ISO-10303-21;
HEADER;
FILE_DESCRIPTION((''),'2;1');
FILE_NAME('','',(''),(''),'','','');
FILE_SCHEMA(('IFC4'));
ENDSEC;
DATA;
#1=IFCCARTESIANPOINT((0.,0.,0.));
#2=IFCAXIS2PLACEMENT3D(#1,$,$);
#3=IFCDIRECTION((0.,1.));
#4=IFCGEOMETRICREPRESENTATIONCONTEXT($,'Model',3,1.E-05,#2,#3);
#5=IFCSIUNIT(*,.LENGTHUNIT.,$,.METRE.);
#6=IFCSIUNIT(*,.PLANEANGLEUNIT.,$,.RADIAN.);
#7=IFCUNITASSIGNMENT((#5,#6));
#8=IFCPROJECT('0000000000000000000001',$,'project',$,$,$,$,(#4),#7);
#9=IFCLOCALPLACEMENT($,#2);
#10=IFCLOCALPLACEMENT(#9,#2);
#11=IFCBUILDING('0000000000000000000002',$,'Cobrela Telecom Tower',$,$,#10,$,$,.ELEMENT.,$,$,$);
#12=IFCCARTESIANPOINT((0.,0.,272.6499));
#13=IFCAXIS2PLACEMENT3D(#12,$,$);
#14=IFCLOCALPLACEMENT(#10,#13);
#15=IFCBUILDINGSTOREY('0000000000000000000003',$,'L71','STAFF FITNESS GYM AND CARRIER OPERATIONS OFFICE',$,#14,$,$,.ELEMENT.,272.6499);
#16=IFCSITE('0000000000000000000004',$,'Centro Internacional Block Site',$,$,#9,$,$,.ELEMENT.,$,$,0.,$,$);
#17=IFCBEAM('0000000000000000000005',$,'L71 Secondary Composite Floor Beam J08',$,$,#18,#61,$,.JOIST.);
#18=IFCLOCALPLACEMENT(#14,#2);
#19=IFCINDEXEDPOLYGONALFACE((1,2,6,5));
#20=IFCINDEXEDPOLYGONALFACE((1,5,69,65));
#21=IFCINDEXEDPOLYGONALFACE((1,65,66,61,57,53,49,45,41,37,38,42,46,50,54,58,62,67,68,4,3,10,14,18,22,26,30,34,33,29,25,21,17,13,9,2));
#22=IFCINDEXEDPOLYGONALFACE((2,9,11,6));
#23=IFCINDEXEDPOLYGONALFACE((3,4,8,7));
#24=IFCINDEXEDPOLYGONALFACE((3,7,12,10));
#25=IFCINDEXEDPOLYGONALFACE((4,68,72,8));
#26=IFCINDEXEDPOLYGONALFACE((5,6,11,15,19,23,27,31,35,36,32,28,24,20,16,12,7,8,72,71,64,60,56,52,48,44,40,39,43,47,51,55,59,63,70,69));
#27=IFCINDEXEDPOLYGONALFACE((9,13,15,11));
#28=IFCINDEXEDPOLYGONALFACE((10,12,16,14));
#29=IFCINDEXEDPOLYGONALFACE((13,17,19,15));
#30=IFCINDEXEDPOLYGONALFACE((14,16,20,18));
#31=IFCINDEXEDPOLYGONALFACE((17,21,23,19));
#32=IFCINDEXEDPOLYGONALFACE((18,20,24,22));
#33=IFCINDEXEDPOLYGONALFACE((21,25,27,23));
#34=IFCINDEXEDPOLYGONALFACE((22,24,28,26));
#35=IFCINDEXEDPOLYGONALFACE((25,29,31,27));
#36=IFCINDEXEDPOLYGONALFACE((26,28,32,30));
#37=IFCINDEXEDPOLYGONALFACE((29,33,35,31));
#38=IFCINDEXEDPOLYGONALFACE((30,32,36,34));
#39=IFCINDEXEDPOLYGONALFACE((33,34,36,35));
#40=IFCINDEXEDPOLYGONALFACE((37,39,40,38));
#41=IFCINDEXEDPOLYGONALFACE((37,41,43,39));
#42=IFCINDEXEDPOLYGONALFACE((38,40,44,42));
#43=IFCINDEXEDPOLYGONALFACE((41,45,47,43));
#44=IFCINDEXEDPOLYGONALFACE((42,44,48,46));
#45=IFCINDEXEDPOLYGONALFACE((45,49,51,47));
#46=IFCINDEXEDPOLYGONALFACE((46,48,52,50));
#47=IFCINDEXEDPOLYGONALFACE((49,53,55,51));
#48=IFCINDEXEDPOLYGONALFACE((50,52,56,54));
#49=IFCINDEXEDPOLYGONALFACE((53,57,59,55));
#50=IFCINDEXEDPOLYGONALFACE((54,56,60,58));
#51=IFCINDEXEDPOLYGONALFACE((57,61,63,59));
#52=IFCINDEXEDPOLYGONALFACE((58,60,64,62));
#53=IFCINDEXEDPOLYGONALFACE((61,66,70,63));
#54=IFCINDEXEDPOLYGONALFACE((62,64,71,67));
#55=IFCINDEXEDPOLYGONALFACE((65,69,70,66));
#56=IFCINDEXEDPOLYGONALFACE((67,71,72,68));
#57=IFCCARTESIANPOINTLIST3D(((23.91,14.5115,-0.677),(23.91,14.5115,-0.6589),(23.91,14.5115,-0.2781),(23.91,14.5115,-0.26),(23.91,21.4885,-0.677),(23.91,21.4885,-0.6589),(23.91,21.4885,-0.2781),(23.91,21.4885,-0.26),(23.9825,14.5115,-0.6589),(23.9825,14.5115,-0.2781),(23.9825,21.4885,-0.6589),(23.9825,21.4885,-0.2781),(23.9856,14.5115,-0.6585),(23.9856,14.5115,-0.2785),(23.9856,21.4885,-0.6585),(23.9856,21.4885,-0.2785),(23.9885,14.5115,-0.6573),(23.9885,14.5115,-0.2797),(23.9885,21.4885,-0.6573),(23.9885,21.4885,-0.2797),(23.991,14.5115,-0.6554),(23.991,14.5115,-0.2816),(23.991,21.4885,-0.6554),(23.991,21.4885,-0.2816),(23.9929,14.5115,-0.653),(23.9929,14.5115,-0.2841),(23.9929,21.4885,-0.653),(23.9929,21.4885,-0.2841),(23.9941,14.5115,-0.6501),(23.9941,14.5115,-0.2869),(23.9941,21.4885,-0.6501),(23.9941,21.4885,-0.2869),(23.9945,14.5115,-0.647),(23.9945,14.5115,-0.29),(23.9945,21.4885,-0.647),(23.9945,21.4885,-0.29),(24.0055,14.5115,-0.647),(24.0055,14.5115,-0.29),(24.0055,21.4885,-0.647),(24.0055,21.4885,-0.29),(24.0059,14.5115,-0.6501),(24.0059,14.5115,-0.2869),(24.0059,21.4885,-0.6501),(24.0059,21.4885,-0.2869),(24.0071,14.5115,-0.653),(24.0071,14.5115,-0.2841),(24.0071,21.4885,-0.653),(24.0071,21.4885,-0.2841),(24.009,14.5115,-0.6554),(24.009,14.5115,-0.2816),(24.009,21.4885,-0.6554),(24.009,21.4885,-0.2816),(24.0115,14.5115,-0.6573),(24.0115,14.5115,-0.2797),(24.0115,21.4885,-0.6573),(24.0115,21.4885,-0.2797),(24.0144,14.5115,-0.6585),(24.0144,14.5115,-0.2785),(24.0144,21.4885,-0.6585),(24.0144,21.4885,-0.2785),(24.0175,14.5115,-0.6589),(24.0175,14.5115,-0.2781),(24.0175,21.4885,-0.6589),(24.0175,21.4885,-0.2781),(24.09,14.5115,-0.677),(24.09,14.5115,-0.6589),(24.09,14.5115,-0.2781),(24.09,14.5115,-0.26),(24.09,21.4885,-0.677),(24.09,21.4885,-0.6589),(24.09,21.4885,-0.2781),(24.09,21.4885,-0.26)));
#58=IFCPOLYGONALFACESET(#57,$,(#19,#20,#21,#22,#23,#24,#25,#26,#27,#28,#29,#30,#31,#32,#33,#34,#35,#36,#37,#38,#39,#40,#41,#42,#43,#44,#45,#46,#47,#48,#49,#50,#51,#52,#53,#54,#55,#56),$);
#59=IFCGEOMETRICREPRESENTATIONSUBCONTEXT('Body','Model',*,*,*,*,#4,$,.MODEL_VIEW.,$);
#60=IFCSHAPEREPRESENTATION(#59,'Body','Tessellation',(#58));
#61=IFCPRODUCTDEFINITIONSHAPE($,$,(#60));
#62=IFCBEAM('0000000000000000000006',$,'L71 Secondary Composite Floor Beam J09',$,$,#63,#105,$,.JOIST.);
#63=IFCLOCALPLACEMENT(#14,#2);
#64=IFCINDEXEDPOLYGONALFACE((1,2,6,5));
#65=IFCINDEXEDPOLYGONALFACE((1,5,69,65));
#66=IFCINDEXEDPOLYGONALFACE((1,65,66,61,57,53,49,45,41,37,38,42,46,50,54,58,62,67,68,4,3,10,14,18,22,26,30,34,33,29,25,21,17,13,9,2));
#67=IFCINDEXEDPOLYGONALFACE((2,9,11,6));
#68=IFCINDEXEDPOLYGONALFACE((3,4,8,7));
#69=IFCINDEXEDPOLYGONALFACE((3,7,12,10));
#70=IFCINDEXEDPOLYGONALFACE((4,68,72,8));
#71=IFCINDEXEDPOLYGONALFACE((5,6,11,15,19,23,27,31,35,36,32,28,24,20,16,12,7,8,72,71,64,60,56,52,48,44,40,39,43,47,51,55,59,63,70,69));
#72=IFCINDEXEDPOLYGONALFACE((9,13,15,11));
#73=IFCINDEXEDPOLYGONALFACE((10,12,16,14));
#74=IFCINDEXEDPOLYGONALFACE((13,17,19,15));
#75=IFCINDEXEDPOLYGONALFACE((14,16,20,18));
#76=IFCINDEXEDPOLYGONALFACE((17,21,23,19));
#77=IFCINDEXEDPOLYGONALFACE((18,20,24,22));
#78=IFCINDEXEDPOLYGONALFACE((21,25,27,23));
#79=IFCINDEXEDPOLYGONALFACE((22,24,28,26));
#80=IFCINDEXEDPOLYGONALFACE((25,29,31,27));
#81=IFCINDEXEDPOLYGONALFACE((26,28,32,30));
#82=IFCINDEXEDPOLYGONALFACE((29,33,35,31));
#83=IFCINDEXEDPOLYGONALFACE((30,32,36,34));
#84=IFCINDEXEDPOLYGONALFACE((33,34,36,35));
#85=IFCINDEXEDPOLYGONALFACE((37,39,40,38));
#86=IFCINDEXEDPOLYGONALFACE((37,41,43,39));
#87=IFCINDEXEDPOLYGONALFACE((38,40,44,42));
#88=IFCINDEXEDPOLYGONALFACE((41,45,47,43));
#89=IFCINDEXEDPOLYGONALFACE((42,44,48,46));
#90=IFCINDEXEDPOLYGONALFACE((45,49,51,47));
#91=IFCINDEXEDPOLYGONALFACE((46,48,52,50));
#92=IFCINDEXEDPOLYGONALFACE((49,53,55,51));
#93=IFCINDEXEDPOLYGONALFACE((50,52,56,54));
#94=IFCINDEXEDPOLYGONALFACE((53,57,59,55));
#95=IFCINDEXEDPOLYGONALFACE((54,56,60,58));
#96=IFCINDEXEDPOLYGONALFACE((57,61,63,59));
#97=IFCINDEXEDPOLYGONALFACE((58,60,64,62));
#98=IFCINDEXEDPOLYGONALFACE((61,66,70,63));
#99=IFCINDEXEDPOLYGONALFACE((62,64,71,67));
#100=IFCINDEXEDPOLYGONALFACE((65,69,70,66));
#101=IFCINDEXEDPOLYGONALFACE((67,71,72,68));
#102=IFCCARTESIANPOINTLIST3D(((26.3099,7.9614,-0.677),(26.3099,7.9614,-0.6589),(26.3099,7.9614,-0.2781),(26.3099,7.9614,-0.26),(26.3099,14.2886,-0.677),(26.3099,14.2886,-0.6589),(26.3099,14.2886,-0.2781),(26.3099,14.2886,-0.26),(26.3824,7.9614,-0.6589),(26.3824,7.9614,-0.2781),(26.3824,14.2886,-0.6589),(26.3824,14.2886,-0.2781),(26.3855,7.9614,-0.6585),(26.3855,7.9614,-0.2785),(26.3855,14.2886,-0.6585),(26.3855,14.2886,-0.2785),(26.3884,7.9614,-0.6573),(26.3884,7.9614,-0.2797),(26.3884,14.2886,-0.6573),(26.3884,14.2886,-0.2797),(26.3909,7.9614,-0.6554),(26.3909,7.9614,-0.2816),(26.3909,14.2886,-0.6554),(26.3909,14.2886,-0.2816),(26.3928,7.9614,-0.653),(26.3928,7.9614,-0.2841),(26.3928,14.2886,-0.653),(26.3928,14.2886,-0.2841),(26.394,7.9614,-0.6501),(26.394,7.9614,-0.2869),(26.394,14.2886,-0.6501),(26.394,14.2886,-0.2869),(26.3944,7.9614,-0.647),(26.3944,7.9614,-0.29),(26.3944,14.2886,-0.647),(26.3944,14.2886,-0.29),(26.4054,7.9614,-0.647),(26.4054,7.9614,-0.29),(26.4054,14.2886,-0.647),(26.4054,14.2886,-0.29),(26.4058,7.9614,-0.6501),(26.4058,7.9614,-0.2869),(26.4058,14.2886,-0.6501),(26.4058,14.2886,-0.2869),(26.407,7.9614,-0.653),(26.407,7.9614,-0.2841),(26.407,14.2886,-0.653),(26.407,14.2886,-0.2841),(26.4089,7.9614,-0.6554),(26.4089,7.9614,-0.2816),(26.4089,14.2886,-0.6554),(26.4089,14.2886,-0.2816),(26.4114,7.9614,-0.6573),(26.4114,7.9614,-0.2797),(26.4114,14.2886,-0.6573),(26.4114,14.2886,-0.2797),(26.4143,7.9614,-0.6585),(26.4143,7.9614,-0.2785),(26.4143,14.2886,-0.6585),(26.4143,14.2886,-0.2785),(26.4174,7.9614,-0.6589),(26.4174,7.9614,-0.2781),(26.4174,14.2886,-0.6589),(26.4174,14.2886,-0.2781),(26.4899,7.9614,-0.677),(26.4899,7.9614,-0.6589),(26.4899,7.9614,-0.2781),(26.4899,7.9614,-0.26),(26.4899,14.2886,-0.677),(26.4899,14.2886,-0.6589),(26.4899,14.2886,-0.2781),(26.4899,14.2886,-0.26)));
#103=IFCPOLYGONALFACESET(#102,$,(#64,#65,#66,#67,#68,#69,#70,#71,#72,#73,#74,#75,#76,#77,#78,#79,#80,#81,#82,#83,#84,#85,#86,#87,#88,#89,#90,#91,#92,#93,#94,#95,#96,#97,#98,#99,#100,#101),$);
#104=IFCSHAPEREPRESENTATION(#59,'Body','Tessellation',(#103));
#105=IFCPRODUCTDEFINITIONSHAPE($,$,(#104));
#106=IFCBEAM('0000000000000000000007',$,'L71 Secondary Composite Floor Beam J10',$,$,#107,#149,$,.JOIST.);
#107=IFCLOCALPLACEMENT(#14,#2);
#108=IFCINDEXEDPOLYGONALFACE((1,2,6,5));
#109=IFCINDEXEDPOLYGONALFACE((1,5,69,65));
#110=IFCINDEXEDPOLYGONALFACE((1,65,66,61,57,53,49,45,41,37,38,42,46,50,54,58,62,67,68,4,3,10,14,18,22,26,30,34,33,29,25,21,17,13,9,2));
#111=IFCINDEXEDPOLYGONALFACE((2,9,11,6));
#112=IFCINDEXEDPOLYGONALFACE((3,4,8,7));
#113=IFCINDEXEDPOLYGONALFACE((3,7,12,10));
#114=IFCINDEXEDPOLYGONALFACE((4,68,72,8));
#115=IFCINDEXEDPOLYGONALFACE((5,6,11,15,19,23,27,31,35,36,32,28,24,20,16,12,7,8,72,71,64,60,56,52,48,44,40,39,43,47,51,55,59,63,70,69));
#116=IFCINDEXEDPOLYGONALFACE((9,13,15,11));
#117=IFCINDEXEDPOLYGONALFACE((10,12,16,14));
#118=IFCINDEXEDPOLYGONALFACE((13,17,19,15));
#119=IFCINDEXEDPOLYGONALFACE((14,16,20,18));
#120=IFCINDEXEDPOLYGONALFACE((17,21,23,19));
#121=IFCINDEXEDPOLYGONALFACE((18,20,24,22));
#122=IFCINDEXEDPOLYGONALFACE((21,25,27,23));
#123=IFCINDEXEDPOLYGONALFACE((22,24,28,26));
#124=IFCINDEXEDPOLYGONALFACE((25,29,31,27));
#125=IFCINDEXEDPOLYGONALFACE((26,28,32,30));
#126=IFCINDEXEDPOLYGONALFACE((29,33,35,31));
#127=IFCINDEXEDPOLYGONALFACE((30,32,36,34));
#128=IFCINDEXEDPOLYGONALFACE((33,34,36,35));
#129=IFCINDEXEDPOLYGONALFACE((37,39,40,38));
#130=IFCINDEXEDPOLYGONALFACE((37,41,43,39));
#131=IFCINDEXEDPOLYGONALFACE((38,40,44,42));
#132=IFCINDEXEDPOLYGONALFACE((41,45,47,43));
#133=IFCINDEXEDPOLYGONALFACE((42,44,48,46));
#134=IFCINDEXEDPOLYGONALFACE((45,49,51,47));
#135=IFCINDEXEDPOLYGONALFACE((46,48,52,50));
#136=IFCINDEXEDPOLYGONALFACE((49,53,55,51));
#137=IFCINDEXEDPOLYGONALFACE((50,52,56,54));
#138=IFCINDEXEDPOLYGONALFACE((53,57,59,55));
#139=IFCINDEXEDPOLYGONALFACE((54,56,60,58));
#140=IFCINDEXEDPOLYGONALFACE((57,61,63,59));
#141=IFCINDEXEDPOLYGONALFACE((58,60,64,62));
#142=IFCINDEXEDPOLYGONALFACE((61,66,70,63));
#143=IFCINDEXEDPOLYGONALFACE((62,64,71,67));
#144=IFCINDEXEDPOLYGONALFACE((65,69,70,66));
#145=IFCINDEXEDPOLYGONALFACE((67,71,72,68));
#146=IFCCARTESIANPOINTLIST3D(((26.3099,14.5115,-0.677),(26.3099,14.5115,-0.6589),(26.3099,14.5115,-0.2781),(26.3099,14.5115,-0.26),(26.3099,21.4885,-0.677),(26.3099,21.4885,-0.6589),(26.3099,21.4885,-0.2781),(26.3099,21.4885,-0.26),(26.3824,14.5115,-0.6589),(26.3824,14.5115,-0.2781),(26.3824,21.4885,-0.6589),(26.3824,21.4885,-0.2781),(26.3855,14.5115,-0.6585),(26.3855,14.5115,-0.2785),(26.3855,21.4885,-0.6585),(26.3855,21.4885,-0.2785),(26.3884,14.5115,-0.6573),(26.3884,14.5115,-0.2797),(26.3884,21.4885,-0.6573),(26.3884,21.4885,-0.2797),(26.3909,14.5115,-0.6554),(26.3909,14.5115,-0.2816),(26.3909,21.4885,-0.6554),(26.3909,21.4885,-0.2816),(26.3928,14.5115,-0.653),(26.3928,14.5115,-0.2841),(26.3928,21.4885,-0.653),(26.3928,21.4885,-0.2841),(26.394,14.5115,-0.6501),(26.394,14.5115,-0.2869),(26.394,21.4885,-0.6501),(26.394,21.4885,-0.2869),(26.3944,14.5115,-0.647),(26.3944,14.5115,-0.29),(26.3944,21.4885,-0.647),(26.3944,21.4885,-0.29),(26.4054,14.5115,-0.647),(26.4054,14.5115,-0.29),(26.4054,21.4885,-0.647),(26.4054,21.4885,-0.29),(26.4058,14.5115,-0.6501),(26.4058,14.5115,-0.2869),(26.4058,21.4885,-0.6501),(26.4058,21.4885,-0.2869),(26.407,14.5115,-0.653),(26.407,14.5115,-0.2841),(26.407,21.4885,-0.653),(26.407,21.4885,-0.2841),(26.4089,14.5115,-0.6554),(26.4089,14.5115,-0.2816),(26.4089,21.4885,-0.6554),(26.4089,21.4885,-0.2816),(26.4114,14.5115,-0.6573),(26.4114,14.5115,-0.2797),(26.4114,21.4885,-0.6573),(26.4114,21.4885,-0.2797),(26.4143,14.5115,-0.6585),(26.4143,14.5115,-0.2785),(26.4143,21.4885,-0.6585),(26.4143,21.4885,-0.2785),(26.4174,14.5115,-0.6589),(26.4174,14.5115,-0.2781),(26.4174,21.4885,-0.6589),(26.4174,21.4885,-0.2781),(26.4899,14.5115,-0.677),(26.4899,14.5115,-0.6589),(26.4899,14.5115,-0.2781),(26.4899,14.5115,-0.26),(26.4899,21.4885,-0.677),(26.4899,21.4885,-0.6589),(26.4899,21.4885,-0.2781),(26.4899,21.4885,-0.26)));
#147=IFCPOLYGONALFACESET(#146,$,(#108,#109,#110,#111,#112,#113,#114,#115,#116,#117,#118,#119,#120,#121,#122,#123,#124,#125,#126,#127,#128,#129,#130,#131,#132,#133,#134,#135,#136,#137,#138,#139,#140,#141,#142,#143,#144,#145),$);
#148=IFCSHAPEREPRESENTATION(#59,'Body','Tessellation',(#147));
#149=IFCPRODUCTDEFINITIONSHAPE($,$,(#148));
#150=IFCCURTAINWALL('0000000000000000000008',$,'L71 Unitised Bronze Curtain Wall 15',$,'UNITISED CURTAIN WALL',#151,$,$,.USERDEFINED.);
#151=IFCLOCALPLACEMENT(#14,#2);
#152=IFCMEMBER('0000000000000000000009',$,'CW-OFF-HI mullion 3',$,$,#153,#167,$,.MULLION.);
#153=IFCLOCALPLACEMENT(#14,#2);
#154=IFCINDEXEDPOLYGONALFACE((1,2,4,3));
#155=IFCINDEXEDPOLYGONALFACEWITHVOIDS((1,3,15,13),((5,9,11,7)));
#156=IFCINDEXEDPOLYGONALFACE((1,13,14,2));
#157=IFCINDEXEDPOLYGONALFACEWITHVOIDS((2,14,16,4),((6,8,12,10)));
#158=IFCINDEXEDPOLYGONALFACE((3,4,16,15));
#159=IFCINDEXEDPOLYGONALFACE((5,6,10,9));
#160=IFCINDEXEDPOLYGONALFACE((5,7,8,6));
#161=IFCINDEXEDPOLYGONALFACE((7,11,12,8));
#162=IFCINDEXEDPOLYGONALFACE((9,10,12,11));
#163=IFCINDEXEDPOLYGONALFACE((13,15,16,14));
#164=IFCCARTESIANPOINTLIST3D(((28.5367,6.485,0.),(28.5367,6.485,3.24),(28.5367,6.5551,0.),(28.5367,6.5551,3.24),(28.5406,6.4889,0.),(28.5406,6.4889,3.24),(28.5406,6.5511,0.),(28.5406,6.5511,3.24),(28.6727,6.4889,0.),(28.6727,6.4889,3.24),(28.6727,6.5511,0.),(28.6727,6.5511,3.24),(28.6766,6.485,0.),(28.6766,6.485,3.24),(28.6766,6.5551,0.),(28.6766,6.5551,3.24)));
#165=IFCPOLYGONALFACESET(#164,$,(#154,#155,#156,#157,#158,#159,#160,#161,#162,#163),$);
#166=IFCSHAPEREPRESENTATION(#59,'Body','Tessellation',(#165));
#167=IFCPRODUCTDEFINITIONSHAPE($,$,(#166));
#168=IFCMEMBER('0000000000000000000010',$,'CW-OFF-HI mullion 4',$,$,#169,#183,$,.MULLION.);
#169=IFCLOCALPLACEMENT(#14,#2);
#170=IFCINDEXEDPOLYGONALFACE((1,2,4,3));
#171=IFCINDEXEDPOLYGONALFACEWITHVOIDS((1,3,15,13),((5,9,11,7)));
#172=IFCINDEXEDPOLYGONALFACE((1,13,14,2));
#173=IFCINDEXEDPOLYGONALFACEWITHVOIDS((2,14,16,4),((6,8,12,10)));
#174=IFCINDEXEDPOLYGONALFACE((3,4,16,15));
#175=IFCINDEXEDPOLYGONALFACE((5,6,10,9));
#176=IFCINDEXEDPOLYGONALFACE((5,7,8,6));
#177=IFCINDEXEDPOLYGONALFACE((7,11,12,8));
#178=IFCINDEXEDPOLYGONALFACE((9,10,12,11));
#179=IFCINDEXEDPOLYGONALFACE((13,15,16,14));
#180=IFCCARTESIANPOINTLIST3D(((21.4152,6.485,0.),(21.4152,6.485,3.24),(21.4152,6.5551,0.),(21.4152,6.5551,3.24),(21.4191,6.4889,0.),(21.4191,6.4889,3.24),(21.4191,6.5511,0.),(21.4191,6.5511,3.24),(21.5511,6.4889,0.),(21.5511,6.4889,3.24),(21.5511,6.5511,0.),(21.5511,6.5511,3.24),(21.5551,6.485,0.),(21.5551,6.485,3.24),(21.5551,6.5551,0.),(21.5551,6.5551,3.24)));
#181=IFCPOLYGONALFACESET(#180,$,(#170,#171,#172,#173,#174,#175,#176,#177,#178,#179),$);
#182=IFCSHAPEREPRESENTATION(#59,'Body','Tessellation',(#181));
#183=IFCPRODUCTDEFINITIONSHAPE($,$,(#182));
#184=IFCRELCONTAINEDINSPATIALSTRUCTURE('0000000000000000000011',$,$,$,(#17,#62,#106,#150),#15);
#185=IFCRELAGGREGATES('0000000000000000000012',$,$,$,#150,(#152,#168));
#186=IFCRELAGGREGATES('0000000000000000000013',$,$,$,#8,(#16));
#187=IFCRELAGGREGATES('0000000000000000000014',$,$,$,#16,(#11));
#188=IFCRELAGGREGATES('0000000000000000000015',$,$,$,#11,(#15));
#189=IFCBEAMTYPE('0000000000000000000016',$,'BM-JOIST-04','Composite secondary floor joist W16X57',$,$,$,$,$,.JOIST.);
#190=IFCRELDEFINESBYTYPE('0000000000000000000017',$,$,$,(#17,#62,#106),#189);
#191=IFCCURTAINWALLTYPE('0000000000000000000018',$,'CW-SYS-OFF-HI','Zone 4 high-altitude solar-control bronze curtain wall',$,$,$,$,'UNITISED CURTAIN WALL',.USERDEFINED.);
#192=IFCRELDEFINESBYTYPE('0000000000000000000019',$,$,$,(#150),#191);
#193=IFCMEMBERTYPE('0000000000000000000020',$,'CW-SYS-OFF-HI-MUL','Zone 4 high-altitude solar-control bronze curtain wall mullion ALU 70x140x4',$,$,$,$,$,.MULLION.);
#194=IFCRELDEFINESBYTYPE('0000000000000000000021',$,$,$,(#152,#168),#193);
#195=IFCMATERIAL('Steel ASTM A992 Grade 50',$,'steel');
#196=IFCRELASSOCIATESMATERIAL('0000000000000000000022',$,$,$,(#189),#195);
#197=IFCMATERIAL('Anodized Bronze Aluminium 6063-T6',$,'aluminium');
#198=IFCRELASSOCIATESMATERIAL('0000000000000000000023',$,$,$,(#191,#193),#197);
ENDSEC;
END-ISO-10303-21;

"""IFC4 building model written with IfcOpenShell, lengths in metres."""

from ifc_helpers import new_model, si_unit, direction, frame, origin, origin_2d, place, context, subcontext, project, spatial, hollow_rectangle, i_section, extrude, material, material_profile, profile_set, type_object, element, aggregate, save


model = new_model("IFC4")

# Units and contexts
model_context = context("Model", 3, precision=1e-05, world=origin(), true_north=direction((0.0, 1.0)))
body_context = subcontext(model_context, "Body", "Model", "MODEL_VIEW")
ifc_project = project(units=[si_unit("LENGTHUNIT", "METRE"), si_unit("PLANEANGLEUNIT", "RADIAN")], contexts=[model_context])

# Site, building, storey
site_placement = place(None, origin())
site = spatial("IfcSite", under=ifc_project, at=site_placement, Name="Centro Internacional Block Site", CompositionType="ELEMENT", RefElevation=0.0)
building_placement = place(site_placement, origin())
building = spatial("IfcBuilding", under=site, at=building_placement, Name="Cobrela Telecom Tower", CompositionType="ELEMENT")
storey_placement = place(building_placement, frame((0.0, 0.0, 272.6499)))
storey = spatial("IfcBuildingStorey", under=building, at=storey_placement, Name="L71", Description="STAFF FITNESS GYM AND CARRIER OPERATIONS OFFICE", CompositionType="ELEMENT", Elevation=272.6499)

# Shared definitions
ifc_material_1 = material(Name="Steel ASTM A992 Grade 50", Category="steel")

# Beams
ifc_material_profile_1 = material_profile(ifc_material_1, i_section(OverallWidth=0.1799, OverallDepth=0.417, WebThickness=0.011, FlangeThickness=0.0181, FilletRadius=0.012, at=origin_2d()), Name="W16X57")
ifc_profile_set_1 = profile_set([ifc_material_profile_1], Name="Steel ASTM A992 Grade 50")
beam_type_1 = type_object("IfcBeamType", Name="BM-JOIST-04", Description="Composite secondary floor joist W16X57", PredefinedType="JOIST", material=ifc_profile_set_1)
beam_1_placement = place(storey_placement, frame((24.0, 14.5115, -0.4685), z_axis=(0.0, 1.0, 0.0), x_axis=(-1.0, 0.0, 0.0)))
element("IfcBeam", 1, at=beam_1_placement, inside=storey, type_object=beam_type_1, Name="L71 Secondary Composite Floor Beam J08", PredefinedType="JOIST", context=body_context, shape_type="SweptSolid", body=[
    extrude(i_section(OverallWidth=0.1799, OverallDepth=0.417, WebThickness=0.011, FlangeThickness=0.0181, FilletRadius=0.012, at=origin_2d()), origin(), (0.0, 0.0, 1.0), 6.9771),
])
beam_2_placement = place(storey_placement, frame((26.3999, 7.9614, -0.4685), z_axis=(0.0, 1.0, 0.0), x_axis=(-1.0, 0.0, 0.0)))
element("IfcBeam", 2, at=beam_2_placement, inside=storey, type_object=beam_type_1, Name="L71 Secondary Composite Floor Beam J09", PredefinedType="JOIST", context=body_context, shape_type="SweptSolid", body=[
    extrude(i_section(OverallWidth=0.1799, OverallDepth=0.417, WebThickness=0.011, FlangeThickness=0.0181, FilletRadius=0.012, at=origin_2d()), origin(), (0.0, 0.0, 1.0), 6.3271),
])
beam_3_placement = place(storey_placement, frame((26.3999, 14.5115, -0.4685), z_axis=(0.0, 1.0, 0.0), x_axis=(-1.0, 0.0, 0.0)))
element("IfcBeam", 3, at=beam_3_placement, inside=storey, type_object=beam_type_1, Name="L71 Secondary Composite Floor Beam J10", PredefinedType="JOIST", context=body_context, shape_type="SweptSolid", body=[
    extrude(i_section(OverallWidth=0.1799, OverallDepth=0.417, WebThickness=0.011, FlangeThickness=0.0181, FilletRadius=0.012, at=origin_2d()), origin(), (0.0, 0.0, 1.0), 6.9771),
])

# Curtain wall, members
ifc_material_2 = material(Name="Anodized Bronze Aluminium 6063-T6", Category="aluminium")
curtain_wall_type = type_object("IfcCurtainWallType", Name="CW-SYS-OFF-HI", Description="Zone 4 high-altitude solar-control bronze curtain wall", ElementType="UNITISED CURTAIN WALL", PredefinedType="USERDEFINED", material=ifc_material_2)
curtain_wall_placement = place(storey_placement, origin())
curtain_wall = element("IfcCurtainWall", 4, at=curtain_wall_placement, inside=storey, type_object=curtain_wall_type, Name="L71 Unitised Bronze Curtain Wall 15", ObjectType="UNITISED CURTAIN WALL", PredefinedType="USERDEFINED")
ifc_material_profile_2 = material_profile(ifc_material_2, hollow_rectangle(XDim=0.0701, YDim=0.1399, WallThickness=0.0039, at=origin_2d()), Name="ALU 70x140x4")
ifc_profile_set_2 = profile_set([ifc_material_profile_2], Name="Anodized Bronze Aluminium 6063-T6")
member_type_1 = type_object("IfcMemberType", Name="CW-SYS-OFF-HI-MUL", Description="Zone 4 high-altitude solar-control bronze curtain wall mullion ALU 70x140x4", PredefinedType="MULLION", material=ifc_profile_set_2)
member_1_placement = place(storey_placement, frame((28.6067, 6.52, 0.0), z_axis=(0.0, 0.0, 1.0), x_axis=(0.0, -1.0, 0.0)))
member_1 = element("IfcMember", 5, at=member_1_placement, type_object=member_type_1, Name="CW-OFF-HI mullion 3", PredefinedType="MULLION", context=body_context, shape_type="SweptSolid", body=[
    extrude(hollow_rectangle(XDim=0.0701, YDim=0.1399, WallThickness=0.0039, at=origin_2d()), origin(), (0.0, 0.0, 1.0), 3.24),
])
member_2_placement = place(storey_placement, frame((21.4851, 6.52, 0.0), z_axis=(0.0, 0.0, 1.0), x_axis=(0.0, -1.0, 0.0)))
member_2 = element("IfcMember", 6, at=member_2_placement, type_object=member_type_1, Name="CW-OFF-HI mullion 4", PredefinedType="MULLION", context=body_context, shape_type="SweptSolid", body=[
    extrude(hollow_rectangle(XDim=0.0701, YDim=0.1399, WallThickness=0.0039, at=origin_2d()), origin(), (0.0, 0.0, 1.0), 3.24),
])
aggregate(curtain_wall, [member_1, member_2])

save(model, "model.ifc")
